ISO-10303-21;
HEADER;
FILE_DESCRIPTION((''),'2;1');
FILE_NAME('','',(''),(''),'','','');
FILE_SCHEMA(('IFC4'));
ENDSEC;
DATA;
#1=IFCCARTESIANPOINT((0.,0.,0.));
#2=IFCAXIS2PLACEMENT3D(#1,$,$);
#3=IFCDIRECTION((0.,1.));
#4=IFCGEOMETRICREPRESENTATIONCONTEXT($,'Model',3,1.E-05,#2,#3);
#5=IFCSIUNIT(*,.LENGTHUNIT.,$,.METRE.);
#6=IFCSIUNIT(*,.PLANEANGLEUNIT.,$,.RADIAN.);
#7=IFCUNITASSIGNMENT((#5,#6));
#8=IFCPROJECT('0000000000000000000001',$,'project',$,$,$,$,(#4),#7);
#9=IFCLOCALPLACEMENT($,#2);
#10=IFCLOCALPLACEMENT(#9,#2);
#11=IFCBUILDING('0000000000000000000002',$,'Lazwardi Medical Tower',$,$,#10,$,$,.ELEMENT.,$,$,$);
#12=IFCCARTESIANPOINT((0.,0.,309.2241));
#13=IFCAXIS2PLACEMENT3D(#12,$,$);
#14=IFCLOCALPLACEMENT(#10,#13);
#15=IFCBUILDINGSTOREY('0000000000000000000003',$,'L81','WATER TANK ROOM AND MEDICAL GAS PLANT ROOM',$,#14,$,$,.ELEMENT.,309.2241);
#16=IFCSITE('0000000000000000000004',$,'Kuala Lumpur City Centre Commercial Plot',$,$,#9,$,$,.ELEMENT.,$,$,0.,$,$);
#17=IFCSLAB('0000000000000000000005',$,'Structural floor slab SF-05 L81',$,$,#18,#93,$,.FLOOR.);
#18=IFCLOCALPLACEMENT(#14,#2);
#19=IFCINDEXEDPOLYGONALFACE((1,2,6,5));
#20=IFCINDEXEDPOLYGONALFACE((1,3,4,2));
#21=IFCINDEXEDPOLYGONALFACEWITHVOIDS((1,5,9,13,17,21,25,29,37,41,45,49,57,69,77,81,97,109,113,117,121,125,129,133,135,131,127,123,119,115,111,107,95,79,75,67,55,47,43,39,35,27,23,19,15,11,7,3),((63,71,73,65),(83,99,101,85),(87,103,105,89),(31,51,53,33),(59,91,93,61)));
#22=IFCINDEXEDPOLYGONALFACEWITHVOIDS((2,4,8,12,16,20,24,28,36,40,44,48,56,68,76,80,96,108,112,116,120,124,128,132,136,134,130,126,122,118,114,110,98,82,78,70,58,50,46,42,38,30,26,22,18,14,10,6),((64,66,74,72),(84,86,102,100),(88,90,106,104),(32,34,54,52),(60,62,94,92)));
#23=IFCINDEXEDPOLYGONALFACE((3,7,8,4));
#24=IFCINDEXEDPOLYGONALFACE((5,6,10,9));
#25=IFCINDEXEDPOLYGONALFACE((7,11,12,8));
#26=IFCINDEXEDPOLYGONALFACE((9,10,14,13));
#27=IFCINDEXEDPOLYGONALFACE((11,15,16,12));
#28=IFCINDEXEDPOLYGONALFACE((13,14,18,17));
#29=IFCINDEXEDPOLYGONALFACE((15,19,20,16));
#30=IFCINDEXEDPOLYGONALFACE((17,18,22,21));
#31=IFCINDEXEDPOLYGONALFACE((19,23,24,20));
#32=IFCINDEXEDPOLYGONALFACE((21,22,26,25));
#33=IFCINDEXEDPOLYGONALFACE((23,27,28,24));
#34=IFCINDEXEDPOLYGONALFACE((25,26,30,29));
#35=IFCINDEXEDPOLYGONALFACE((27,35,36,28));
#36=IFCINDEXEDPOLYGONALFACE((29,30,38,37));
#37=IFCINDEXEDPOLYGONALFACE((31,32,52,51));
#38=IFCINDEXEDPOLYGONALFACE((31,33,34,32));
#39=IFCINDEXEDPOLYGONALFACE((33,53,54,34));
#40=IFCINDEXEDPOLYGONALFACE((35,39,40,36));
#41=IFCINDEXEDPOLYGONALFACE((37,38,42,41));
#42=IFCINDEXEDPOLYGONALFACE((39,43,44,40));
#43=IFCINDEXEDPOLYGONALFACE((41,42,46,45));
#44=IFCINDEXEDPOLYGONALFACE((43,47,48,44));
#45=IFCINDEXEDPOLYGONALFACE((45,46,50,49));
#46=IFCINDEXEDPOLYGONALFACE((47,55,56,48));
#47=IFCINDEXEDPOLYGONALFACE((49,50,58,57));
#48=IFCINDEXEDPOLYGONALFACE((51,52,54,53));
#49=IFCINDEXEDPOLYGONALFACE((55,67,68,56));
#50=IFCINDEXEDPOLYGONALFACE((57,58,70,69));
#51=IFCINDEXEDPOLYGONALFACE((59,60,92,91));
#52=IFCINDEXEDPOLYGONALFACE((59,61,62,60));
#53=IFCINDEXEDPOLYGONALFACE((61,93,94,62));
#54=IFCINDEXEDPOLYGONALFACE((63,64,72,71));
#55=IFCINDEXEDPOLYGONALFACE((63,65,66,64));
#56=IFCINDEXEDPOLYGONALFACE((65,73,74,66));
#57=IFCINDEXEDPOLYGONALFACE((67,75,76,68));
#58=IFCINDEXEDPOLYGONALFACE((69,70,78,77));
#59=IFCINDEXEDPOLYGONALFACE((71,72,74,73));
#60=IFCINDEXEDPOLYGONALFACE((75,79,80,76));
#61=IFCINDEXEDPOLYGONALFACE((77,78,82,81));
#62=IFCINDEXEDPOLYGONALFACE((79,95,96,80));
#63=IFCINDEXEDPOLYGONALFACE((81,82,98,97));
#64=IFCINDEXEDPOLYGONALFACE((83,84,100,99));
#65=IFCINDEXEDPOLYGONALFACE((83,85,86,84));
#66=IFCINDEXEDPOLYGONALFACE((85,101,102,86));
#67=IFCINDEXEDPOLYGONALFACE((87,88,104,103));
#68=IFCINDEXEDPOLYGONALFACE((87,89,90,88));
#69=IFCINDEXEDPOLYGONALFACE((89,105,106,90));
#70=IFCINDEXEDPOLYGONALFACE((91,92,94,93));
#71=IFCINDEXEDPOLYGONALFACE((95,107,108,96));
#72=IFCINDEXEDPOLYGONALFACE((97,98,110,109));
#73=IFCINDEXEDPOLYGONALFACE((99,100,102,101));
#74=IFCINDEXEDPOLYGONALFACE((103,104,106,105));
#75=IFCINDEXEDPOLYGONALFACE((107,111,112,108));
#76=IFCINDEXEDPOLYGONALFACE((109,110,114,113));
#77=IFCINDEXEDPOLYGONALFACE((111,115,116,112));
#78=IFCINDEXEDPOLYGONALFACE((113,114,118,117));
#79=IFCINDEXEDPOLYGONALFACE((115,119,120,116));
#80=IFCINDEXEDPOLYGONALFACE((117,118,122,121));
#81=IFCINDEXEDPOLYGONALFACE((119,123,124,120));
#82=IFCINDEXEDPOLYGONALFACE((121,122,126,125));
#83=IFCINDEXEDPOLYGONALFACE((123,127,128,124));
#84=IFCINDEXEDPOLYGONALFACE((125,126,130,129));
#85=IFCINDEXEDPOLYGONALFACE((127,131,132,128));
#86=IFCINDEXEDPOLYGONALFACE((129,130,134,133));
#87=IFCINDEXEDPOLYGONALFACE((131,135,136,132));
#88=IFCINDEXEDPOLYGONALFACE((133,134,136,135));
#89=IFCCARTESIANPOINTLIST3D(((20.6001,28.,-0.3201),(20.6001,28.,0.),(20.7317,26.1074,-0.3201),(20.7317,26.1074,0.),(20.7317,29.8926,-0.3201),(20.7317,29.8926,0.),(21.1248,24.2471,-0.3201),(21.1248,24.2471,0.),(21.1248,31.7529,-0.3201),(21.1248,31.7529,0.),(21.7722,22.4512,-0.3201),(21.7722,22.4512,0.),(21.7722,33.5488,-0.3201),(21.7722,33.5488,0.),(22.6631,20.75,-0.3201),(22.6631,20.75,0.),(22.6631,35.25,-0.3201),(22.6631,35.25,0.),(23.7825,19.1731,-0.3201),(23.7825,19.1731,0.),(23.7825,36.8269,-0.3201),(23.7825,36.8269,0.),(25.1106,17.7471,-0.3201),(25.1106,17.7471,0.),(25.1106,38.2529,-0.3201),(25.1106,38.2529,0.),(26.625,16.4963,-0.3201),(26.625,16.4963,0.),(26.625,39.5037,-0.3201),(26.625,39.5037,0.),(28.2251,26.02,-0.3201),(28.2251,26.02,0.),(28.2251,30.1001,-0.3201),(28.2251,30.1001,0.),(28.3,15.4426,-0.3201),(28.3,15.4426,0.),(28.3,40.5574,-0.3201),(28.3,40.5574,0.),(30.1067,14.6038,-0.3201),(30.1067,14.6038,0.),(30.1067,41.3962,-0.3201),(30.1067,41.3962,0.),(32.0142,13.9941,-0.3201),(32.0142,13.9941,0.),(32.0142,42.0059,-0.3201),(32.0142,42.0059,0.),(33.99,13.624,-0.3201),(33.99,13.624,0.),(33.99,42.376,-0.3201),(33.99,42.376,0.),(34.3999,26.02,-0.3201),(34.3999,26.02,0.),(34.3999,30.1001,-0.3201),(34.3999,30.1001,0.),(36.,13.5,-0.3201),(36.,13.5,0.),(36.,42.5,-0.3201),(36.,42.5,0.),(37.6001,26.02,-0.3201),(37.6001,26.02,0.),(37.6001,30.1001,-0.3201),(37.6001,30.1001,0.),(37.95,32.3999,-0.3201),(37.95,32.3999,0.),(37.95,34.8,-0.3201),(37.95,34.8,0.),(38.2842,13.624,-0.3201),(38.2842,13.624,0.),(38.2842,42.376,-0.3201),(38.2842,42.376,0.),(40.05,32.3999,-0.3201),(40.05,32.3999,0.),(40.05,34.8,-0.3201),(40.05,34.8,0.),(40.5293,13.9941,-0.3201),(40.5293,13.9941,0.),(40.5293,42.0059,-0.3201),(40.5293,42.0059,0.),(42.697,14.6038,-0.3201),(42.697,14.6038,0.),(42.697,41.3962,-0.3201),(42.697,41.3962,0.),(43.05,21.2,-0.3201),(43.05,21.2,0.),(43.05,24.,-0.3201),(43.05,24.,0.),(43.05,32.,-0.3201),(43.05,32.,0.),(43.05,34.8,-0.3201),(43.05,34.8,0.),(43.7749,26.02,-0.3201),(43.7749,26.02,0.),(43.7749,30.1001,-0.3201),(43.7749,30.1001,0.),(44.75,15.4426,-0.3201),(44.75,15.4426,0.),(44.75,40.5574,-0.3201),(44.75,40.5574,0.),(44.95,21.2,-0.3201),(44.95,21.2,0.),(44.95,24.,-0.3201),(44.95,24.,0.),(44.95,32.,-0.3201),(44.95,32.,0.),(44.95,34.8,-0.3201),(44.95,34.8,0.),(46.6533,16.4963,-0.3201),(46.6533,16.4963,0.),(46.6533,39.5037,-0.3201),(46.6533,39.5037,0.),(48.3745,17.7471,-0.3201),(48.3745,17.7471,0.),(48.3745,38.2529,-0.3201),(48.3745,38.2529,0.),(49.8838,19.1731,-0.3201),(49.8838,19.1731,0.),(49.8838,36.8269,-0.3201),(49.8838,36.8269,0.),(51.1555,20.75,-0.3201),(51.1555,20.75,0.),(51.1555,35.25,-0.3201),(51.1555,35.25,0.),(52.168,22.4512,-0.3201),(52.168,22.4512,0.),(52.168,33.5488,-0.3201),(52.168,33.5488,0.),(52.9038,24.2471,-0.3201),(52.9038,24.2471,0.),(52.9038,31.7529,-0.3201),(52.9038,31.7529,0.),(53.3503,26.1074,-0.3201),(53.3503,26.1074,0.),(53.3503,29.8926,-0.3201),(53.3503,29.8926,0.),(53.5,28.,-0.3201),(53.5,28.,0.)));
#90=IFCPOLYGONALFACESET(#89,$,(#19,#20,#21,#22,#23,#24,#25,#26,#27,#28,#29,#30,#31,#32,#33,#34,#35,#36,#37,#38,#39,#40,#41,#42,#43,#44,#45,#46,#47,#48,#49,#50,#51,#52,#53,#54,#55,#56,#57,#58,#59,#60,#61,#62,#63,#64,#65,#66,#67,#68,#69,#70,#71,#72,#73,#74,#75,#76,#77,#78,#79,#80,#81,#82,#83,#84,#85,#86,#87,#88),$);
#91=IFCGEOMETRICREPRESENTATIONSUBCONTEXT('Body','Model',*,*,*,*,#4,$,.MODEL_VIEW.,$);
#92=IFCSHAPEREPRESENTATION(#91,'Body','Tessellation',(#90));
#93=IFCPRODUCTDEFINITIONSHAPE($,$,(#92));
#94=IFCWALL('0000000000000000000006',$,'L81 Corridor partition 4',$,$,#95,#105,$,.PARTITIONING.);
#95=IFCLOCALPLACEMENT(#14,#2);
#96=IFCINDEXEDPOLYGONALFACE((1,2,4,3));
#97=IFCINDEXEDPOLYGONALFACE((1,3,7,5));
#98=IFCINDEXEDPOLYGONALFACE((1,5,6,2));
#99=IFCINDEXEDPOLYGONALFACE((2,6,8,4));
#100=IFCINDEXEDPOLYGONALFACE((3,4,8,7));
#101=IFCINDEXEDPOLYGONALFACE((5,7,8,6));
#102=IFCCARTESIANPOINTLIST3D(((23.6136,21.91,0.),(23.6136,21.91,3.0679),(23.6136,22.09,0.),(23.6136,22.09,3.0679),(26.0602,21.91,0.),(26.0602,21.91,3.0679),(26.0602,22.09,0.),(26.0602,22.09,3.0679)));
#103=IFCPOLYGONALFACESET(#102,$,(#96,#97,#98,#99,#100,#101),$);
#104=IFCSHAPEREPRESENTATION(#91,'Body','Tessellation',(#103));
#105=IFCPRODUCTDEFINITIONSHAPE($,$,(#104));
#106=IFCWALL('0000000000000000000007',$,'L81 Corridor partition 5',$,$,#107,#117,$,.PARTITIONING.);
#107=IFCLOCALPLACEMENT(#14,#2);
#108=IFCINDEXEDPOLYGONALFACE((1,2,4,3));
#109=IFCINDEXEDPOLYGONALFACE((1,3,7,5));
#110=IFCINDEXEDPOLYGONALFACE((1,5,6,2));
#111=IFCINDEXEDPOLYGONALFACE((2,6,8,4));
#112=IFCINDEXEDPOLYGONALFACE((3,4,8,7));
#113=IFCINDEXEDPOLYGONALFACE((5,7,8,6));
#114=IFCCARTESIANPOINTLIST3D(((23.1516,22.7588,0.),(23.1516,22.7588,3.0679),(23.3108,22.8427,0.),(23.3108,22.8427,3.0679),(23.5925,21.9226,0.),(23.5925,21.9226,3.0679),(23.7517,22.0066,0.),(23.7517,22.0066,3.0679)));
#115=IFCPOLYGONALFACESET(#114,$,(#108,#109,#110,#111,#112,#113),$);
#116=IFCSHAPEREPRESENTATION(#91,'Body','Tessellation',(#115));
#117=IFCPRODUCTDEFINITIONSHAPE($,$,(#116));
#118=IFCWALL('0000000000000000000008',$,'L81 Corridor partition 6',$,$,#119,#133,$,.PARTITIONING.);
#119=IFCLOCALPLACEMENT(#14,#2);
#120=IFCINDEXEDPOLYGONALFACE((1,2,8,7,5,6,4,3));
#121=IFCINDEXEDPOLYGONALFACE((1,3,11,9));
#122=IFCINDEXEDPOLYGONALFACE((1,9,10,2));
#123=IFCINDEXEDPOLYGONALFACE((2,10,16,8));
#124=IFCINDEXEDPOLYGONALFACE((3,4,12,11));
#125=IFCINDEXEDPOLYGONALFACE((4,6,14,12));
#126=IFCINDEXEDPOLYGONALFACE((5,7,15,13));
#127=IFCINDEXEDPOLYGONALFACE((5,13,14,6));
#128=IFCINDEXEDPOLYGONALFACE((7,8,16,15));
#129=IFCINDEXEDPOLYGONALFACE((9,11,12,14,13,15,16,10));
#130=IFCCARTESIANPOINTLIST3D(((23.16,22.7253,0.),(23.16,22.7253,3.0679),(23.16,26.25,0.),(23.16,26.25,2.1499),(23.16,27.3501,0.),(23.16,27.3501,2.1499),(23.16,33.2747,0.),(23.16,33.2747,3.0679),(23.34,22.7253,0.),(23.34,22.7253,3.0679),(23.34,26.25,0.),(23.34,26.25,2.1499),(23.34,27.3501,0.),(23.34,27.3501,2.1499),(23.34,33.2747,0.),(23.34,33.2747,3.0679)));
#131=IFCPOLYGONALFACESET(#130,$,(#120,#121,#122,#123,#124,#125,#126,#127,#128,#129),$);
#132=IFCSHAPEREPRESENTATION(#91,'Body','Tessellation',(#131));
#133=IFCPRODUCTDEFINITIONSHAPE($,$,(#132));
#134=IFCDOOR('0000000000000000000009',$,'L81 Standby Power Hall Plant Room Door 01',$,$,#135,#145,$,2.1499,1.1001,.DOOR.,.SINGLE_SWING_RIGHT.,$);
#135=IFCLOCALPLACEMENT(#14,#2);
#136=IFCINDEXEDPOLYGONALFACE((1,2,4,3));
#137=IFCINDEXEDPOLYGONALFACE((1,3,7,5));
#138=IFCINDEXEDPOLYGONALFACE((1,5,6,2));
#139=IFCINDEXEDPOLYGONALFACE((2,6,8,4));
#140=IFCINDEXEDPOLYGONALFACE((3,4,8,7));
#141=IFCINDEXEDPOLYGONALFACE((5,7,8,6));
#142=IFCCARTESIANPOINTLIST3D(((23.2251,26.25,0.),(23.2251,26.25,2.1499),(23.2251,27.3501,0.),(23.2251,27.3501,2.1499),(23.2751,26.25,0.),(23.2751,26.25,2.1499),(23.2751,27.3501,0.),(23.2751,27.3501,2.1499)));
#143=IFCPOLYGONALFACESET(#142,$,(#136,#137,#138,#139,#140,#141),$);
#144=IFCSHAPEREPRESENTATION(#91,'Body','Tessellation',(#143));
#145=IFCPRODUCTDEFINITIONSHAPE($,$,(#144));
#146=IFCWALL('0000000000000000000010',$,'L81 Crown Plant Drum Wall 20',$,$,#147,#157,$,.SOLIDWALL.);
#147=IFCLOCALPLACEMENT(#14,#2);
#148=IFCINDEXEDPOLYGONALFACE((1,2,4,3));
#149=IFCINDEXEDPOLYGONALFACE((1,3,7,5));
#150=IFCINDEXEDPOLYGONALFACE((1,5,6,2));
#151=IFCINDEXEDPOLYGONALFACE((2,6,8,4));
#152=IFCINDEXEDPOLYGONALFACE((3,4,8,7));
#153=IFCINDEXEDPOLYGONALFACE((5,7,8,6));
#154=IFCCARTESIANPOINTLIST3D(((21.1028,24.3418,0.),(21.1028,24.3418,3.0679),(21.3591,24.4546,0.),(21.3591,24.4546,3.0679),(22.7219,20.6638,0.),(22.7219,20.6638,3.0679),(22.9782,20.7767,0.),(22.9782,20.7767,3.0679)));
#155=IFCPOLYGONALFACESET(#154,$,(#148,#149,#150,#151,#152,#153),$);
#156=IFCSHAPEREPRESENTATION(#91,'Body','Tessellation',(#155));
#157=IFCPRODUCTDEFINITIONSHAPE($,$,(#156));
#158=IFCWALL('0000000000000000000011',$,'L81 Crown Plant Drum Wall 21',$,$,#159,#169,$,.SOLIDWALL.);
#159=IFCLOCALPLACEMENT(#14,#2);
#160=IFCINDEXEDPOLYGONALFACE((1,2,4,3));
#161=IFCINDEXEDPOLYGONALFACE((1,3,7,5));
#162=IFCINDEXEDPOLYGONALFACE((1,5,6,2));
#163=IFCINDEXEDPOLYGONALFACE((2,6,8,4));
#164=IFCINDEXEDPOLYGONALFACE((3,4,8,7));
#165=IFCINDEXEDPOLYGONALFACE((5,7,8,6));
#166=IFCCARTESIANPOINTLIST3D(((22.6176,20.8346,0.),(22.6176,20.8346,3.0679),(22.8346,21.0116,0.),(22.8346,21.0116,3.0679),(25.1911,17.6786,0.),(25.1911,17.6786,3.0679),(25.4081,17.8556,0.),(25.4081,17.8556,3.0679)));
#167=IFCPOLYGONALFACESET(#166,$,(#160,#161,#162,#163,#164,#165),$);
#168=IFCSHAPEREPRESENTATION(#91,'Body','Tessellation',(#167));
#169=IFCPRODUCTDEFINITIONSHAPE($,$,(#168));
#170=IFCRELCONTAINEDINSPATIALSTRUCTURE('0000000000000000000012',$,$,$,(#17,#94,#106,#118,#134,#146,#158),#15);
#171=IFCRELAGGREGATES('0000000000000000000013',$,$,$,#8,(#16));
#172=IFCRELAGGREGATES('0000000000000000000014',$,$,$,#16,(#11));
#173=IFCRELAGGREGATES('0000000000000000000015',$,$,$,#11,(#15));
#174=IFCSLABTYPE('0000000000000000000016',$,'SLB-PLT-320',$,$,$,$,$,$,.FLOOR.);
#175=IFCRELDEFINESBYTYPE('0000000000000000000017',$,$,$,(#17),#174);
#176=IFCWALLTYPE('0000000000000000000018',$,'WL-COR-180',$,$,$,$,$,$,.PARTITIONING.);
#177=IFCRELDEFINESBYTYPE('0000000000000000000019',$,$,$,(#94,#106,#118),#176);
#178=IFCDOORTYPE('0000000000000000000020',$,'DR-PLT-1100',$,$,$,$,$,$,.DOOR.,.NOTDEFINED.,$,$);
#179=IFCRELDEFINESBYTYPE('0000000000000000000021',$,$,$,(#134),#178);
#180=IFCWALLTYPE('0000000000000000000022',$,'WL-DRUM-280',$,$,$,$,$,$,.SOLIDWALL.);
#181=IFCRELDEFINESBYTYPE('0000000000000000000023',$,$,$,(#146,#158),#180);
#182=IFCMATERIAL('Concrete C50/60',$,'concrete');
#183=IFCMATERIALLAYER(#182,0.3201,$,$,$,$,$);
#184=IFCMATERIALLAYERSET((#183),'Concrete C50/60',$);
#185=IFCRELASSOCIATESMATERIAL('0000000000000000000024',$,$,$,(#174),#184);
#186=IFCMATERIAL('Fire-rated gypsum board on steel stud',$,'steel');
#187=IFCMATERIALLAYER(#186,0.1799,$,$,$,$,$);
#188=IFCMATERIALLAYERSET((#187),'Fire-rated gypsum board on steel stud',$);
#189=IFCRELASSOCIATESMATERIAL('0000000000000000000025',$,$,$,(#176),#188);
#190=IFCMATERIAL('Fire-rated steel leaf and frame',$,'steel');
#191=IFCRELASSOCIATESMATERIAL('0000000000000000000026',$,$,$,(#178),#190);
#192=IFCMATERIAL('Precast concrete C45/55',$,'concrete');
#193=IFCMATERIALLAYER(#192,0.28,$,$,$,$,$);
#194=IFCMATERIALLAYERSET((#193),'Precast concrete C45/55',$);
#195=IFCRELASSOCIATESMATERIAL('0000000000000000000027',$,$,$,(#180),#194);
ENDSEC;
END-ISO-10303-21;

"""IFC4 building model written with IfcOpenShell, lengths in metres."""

from ifc_helpers import new_model, si_unit, direction, frame, frame_2d, origin, place, context, subcontext, project, spatial, polyline, rectangle, outline, extrude, material, layer, layer_set, type_object, element, fill, save


model = new_model("IFC4")

# Units and contexts
model_context = context("Model", 3, precision=1e-05, world=origin(), true_north=direction((0.0, 1.0)))
body_context = subcontext(model_context, "Body", "Model", "MODEL_VIEW")
ifc_project = project(units=[si_unit("LENGTHUNIT", "METRE"), si_unit("PLANEANGLEUNIT", "RADIAN")], contexts=[model_context])

# Site, building, storey
site_placement = place(None, origin())
site = spatial("IfcSite", under=ifc_project, at=site_placement, Name="Kuala Lumpur City Centre Commercial Plot", CompositionType="ELEMENT", RefElevation=0.0)
building_placement = place(site_placement, origin())
building = spatial("IfcBuilding", under=site, at=building_placement, Name="Lazwardi Medical Tower", CompositionType="ELEMENT")
storey_placement = place(building_placement, frame((0.0, 0.0, 309.2241)))
storey = spatial("IfcBuildingStorey", under=building, at=storey_placement, Name="L81", Description="WATER TANK ROOM AND MEDICAL GAS PLANT ROOM", CompositionType="ELEMENT", Elevation=309.2241)

# Slab
ifc_material_1 = material(Name="Concrete C50/60", Category="concrete")
ifc_layer_1 = layer(ifc_material_1, 0.3201)
ifc_layer_set_1 = layer_set([ifc_layer_1], Name="Concrete C50/60")
slab_type_1 = type_object("IfcSlabType", Name="SLB-PLT-320", PredefinedType="FLOOR", material=ifc_layer_set_1)
slab_1_placement = place(storey_placement, frame((0.0, 0.0, -0.3201)))
element("IfcSlab", 1, at=slab_1_placement, inside=storey, type_object=slab_type_1, Name="Structural floor slab SF-05 L81", PredefinedType="FLOOR", context=body_context, shape_type="SweptSolid", body=[
    extrude(outline(polyline([(28.3, 15.4426), (30.1067, 14.6038), (32.0142, 13.9941), (33.99, 13.624), (36.0, 13.5), (38.2842, 13.624), (40.5293, 13.9941), (42.697, 14.6038), (44.75, 15.4426), (46.6533, 16.4963), (48.3745, 17.7471), (49.8838, 19.1731), (51.1555, 20.75), (52.168, 22.4512), (52.9038, 24.2471), (53.3503, 26.1074), (53.5, 28.0), (53.3503, 29.8926), (52.9038, 31.7529), (52.168, 33.5488), (51.1555, 35.25), (49.8838, 36.8269), (48.3745, 38.2529), (46.6533, 39.5037), (44.75, 40.5574), (42.697, 41.3962), (40.5293, 42.0059), (38.2842, 42.376), (36.0, 42.5), (33.99, 42.376), (32.0142, 42.0059), (30.1067, 41.3962), (28.3, 40.5574), (26.625, 39.5037), (25.1106, 38.2529), (23.7825, 36.8269), (22.6631, 35.25), (21.7722, 33.5488), (21.1248, 31.7529), (20.7317, 29.8926), (20.6001, 28.0), (20.7317, 26.1074), (21.1248, 24.2471), (21.7722, 22.4512), (22.6631, 20.75), (23.7825, 19.1731), (25.1106, 17.7471), (26.625, 16.4963), (28.3, 15.4426)]), holes=[polyline([(28.2251, 26.02), (28.2251, 30.1001), (34.3999, 30.1001), (34.3999, 26.02), (28.2251, 26.02)]), polyline([(37.6001, 30.1001), (43.7749, 30.1001), (43.7749, 26.02), (37.6001, 26.02), (37.6001, 30.1001)]), polyline([(40.05, 34.8), (40.05, 32.3999), (37.95, 32.3999), (37.95, 34.8), (40.05, 34.8)]), polyline([(44.95, 32.0), (43.05, 32.0), (43.05, 34.8), (44.95, 34.8), (44.95, 32.0)]), polyline([(43.05, 21.2), (43.05, 24.0), (44.95, 24.0), (44.95, 21.2), (43.05, 21.2)])]), origin(), (0.0, 0.0, 1.0), 0.3201),
])

# Walls
ifc_material_2 = material(Name="Fire-rated gypsum board on steel stud", Category="steel")
ifc_layer_2 = layer(ifc_material_2, 0.1799)
ifc_layer_set_2 = layer_set([ifc_layer_2], Name="Fire-rated gypsum board on steel stud")
wall_type_1 = type_object("IfcWallType", Name="WL-COR-180", PredefinedType="PARTITIONING", material=ifc_layer_set_2)
wall_1_placement = place(storey_placement, frame((26.0601, 22.0, 0.0), z_axis=(0.0, 0.0, 1.0), x_axis=(-1.0, 0.0, 0.0)))
element("IfcWall", 2, at=wall_1_placement, inside=storey, type_object=wall_type_1, Name="L81 Corridor partition 4", PredefinedType="PARTITIONING", context=body_context, shape_type="SweptSolid", body=[
    extrude(rectangle(XDim=2.4465, YDim=0.1799, at=frame_2d((1.2231, 0.0))), origin(), (0.0, 0.0, 1.0), 3.0679),
])
wall_2_placement = place(storey_placement, frame((23.6721, 21.9646, 0.0), z_axis=(0.0, 0.0, 1.0), x_axis=(-0.466428, 0.884559, 0.0)))
element("IfcWall", 3, at=wall_2_placement, inside=storey, type_object=wall_type_1, Name="L81 Corridor partition 5", PredefinedType="PARTITIONING", context=body_context, shape_type="SweptSolid", body=[
    extrude(rectangle(XDim=0.9453, YDim=0.1799, at=frame_2d((0.4727, 0.0))), origin(), (0.0, 0.0, 1.0), 3.0679),
])

# Wall, opening, door
wall_3_placement = place(storey_placement, frame((23.25, 22.7253, 0.0), z_axis=(0.0, 0.0, 1.0), x_axis=(0.0, 1.0, 0.0)))
wall_3 = element("IfcWall", 4, at=wall_3_placement, inside=storey, type_object=wall_type_1, Name="L81 Corridor partition 6", PredefinedType="PARTITIONING", context=body_context, shape_type="SweptSolid", body=[
    extrude(rectangle(XDim=10.5493, YDim=0.1799, at=frame_2d((5.2747, 0.0))), origin(), (0.0, 0.0, 1.0), 3.0679),
])
opening_1_placement = place(wall_3_placement, frame((3.5247, 0.0, 0.0)))
opening_1 = element("IfcOpeningElement", 5, at=opening_1_placement, cuts=wall_3, PredefinedType="OPENING", context=body_context, shape_type="SweptSolid", body=[
    extrude(rectangle(XDim=1.1001, YDim=2.1499, at=frame_2d((0.55, 1.075))), frame((0.0, 0.0999, 0.0), z_axis=(0.0, -1.0, 0.0), x_axis=(1.0, 0.0, 0.0)), (0.0, 0.0, 1.0), 0.2),
])
ifc_material_3 = material(Name="Fire-rated steel leaf and frame", Category="steel")
door_type_1 = type_object("IfcDoorType", Name="DR-PLT-1100", OperationType="NOTDEFINED", PredefinedType="DOOR", material=ifc_material_3)
door_1_placement = place(opening_1_placement, origin())
door_1 = element("IfcDoor", 6, at=door_1_placement, inside=storey, type_object=door_type_1, Name="L81 Standby Power Hall Plant Room Door 01", OperationType="SINGLE_SWING_RIGHT", OverallHeight=2.1499, OverallWidth=1.1001, PredefinedType="DOOR", context=body_context, shape_type="SweptSolid", body=[
    extrude(rectangle(XDim=1.1001, YDim=2.1499, at=frame_2d((0.55, 1.075))), frame((0.0, 0.0249, 0.0), z_axis=(0.0, -1.0, 0.0), x_axis=(1.0, 0.0, 0.0)), (0.0, 0.0, 1.0), 0.05),
])
fill(opening_1, door_1)

# Walls
ifc_material_4 = material(Name="Precast concrete C45/55", Category="concrete")
ifc_layer_3 = layer(ifc_material_4, 0.28)
ifc_layer_set_3 = layer_set([ifc_layer_3], Name="Precast concrete C45/55")
wall_type_2 = type_object("IfcWallType", Name="WL-DRUM-280", PredefinedType="SOLIDWALL", material=ifc_layer_set_3)
wall_4_placement = place(storey_placement, frame((21.231, 24.3982, 0.0), z_axis=(0.0, 0.0, 1.0), x_axis=(0.402912, -0.915239, 0.0)))
element("IfcWall", 7, at=wall_4_placement, inside=storey, type_object=wall_type_2, Name="L81 Crown Plant Drum Wall 20", PredefinedType="SOLIDWALL", context=body_context, shape_type="SweptSolid", body=[
    extrude(rectangle(XDim=4.0186, YDim=0.28, at=frame_2d((2.0093, 0.0))), origin(), (0.0, 0.0, 1.0), 3.0679),
])
wall_5_placement = place(storey_placement, frame((22.7261, 20.9231, 0.0), z_axis=(0.0, 0.0, 1.0), x_axis=(0.631957, -0.775003, 0.0)))
element("IfcWall", 8, at=wall_5_placement, inside=storey, type_object=wall_type_2, Name="L81 Crown Plant Drum Wall 21", PredefinedType="SOLIDWALL", context=body_context, shape_type="SweptSolid", body=[
    extrude(rectangle(XDim=4.0723, YDim=0.28, at=frame_2d((2.0361, 0.0))), origin(), (0.0, 0.0, 1.0), 3.0679),
])

save(model, "model.ifc")
